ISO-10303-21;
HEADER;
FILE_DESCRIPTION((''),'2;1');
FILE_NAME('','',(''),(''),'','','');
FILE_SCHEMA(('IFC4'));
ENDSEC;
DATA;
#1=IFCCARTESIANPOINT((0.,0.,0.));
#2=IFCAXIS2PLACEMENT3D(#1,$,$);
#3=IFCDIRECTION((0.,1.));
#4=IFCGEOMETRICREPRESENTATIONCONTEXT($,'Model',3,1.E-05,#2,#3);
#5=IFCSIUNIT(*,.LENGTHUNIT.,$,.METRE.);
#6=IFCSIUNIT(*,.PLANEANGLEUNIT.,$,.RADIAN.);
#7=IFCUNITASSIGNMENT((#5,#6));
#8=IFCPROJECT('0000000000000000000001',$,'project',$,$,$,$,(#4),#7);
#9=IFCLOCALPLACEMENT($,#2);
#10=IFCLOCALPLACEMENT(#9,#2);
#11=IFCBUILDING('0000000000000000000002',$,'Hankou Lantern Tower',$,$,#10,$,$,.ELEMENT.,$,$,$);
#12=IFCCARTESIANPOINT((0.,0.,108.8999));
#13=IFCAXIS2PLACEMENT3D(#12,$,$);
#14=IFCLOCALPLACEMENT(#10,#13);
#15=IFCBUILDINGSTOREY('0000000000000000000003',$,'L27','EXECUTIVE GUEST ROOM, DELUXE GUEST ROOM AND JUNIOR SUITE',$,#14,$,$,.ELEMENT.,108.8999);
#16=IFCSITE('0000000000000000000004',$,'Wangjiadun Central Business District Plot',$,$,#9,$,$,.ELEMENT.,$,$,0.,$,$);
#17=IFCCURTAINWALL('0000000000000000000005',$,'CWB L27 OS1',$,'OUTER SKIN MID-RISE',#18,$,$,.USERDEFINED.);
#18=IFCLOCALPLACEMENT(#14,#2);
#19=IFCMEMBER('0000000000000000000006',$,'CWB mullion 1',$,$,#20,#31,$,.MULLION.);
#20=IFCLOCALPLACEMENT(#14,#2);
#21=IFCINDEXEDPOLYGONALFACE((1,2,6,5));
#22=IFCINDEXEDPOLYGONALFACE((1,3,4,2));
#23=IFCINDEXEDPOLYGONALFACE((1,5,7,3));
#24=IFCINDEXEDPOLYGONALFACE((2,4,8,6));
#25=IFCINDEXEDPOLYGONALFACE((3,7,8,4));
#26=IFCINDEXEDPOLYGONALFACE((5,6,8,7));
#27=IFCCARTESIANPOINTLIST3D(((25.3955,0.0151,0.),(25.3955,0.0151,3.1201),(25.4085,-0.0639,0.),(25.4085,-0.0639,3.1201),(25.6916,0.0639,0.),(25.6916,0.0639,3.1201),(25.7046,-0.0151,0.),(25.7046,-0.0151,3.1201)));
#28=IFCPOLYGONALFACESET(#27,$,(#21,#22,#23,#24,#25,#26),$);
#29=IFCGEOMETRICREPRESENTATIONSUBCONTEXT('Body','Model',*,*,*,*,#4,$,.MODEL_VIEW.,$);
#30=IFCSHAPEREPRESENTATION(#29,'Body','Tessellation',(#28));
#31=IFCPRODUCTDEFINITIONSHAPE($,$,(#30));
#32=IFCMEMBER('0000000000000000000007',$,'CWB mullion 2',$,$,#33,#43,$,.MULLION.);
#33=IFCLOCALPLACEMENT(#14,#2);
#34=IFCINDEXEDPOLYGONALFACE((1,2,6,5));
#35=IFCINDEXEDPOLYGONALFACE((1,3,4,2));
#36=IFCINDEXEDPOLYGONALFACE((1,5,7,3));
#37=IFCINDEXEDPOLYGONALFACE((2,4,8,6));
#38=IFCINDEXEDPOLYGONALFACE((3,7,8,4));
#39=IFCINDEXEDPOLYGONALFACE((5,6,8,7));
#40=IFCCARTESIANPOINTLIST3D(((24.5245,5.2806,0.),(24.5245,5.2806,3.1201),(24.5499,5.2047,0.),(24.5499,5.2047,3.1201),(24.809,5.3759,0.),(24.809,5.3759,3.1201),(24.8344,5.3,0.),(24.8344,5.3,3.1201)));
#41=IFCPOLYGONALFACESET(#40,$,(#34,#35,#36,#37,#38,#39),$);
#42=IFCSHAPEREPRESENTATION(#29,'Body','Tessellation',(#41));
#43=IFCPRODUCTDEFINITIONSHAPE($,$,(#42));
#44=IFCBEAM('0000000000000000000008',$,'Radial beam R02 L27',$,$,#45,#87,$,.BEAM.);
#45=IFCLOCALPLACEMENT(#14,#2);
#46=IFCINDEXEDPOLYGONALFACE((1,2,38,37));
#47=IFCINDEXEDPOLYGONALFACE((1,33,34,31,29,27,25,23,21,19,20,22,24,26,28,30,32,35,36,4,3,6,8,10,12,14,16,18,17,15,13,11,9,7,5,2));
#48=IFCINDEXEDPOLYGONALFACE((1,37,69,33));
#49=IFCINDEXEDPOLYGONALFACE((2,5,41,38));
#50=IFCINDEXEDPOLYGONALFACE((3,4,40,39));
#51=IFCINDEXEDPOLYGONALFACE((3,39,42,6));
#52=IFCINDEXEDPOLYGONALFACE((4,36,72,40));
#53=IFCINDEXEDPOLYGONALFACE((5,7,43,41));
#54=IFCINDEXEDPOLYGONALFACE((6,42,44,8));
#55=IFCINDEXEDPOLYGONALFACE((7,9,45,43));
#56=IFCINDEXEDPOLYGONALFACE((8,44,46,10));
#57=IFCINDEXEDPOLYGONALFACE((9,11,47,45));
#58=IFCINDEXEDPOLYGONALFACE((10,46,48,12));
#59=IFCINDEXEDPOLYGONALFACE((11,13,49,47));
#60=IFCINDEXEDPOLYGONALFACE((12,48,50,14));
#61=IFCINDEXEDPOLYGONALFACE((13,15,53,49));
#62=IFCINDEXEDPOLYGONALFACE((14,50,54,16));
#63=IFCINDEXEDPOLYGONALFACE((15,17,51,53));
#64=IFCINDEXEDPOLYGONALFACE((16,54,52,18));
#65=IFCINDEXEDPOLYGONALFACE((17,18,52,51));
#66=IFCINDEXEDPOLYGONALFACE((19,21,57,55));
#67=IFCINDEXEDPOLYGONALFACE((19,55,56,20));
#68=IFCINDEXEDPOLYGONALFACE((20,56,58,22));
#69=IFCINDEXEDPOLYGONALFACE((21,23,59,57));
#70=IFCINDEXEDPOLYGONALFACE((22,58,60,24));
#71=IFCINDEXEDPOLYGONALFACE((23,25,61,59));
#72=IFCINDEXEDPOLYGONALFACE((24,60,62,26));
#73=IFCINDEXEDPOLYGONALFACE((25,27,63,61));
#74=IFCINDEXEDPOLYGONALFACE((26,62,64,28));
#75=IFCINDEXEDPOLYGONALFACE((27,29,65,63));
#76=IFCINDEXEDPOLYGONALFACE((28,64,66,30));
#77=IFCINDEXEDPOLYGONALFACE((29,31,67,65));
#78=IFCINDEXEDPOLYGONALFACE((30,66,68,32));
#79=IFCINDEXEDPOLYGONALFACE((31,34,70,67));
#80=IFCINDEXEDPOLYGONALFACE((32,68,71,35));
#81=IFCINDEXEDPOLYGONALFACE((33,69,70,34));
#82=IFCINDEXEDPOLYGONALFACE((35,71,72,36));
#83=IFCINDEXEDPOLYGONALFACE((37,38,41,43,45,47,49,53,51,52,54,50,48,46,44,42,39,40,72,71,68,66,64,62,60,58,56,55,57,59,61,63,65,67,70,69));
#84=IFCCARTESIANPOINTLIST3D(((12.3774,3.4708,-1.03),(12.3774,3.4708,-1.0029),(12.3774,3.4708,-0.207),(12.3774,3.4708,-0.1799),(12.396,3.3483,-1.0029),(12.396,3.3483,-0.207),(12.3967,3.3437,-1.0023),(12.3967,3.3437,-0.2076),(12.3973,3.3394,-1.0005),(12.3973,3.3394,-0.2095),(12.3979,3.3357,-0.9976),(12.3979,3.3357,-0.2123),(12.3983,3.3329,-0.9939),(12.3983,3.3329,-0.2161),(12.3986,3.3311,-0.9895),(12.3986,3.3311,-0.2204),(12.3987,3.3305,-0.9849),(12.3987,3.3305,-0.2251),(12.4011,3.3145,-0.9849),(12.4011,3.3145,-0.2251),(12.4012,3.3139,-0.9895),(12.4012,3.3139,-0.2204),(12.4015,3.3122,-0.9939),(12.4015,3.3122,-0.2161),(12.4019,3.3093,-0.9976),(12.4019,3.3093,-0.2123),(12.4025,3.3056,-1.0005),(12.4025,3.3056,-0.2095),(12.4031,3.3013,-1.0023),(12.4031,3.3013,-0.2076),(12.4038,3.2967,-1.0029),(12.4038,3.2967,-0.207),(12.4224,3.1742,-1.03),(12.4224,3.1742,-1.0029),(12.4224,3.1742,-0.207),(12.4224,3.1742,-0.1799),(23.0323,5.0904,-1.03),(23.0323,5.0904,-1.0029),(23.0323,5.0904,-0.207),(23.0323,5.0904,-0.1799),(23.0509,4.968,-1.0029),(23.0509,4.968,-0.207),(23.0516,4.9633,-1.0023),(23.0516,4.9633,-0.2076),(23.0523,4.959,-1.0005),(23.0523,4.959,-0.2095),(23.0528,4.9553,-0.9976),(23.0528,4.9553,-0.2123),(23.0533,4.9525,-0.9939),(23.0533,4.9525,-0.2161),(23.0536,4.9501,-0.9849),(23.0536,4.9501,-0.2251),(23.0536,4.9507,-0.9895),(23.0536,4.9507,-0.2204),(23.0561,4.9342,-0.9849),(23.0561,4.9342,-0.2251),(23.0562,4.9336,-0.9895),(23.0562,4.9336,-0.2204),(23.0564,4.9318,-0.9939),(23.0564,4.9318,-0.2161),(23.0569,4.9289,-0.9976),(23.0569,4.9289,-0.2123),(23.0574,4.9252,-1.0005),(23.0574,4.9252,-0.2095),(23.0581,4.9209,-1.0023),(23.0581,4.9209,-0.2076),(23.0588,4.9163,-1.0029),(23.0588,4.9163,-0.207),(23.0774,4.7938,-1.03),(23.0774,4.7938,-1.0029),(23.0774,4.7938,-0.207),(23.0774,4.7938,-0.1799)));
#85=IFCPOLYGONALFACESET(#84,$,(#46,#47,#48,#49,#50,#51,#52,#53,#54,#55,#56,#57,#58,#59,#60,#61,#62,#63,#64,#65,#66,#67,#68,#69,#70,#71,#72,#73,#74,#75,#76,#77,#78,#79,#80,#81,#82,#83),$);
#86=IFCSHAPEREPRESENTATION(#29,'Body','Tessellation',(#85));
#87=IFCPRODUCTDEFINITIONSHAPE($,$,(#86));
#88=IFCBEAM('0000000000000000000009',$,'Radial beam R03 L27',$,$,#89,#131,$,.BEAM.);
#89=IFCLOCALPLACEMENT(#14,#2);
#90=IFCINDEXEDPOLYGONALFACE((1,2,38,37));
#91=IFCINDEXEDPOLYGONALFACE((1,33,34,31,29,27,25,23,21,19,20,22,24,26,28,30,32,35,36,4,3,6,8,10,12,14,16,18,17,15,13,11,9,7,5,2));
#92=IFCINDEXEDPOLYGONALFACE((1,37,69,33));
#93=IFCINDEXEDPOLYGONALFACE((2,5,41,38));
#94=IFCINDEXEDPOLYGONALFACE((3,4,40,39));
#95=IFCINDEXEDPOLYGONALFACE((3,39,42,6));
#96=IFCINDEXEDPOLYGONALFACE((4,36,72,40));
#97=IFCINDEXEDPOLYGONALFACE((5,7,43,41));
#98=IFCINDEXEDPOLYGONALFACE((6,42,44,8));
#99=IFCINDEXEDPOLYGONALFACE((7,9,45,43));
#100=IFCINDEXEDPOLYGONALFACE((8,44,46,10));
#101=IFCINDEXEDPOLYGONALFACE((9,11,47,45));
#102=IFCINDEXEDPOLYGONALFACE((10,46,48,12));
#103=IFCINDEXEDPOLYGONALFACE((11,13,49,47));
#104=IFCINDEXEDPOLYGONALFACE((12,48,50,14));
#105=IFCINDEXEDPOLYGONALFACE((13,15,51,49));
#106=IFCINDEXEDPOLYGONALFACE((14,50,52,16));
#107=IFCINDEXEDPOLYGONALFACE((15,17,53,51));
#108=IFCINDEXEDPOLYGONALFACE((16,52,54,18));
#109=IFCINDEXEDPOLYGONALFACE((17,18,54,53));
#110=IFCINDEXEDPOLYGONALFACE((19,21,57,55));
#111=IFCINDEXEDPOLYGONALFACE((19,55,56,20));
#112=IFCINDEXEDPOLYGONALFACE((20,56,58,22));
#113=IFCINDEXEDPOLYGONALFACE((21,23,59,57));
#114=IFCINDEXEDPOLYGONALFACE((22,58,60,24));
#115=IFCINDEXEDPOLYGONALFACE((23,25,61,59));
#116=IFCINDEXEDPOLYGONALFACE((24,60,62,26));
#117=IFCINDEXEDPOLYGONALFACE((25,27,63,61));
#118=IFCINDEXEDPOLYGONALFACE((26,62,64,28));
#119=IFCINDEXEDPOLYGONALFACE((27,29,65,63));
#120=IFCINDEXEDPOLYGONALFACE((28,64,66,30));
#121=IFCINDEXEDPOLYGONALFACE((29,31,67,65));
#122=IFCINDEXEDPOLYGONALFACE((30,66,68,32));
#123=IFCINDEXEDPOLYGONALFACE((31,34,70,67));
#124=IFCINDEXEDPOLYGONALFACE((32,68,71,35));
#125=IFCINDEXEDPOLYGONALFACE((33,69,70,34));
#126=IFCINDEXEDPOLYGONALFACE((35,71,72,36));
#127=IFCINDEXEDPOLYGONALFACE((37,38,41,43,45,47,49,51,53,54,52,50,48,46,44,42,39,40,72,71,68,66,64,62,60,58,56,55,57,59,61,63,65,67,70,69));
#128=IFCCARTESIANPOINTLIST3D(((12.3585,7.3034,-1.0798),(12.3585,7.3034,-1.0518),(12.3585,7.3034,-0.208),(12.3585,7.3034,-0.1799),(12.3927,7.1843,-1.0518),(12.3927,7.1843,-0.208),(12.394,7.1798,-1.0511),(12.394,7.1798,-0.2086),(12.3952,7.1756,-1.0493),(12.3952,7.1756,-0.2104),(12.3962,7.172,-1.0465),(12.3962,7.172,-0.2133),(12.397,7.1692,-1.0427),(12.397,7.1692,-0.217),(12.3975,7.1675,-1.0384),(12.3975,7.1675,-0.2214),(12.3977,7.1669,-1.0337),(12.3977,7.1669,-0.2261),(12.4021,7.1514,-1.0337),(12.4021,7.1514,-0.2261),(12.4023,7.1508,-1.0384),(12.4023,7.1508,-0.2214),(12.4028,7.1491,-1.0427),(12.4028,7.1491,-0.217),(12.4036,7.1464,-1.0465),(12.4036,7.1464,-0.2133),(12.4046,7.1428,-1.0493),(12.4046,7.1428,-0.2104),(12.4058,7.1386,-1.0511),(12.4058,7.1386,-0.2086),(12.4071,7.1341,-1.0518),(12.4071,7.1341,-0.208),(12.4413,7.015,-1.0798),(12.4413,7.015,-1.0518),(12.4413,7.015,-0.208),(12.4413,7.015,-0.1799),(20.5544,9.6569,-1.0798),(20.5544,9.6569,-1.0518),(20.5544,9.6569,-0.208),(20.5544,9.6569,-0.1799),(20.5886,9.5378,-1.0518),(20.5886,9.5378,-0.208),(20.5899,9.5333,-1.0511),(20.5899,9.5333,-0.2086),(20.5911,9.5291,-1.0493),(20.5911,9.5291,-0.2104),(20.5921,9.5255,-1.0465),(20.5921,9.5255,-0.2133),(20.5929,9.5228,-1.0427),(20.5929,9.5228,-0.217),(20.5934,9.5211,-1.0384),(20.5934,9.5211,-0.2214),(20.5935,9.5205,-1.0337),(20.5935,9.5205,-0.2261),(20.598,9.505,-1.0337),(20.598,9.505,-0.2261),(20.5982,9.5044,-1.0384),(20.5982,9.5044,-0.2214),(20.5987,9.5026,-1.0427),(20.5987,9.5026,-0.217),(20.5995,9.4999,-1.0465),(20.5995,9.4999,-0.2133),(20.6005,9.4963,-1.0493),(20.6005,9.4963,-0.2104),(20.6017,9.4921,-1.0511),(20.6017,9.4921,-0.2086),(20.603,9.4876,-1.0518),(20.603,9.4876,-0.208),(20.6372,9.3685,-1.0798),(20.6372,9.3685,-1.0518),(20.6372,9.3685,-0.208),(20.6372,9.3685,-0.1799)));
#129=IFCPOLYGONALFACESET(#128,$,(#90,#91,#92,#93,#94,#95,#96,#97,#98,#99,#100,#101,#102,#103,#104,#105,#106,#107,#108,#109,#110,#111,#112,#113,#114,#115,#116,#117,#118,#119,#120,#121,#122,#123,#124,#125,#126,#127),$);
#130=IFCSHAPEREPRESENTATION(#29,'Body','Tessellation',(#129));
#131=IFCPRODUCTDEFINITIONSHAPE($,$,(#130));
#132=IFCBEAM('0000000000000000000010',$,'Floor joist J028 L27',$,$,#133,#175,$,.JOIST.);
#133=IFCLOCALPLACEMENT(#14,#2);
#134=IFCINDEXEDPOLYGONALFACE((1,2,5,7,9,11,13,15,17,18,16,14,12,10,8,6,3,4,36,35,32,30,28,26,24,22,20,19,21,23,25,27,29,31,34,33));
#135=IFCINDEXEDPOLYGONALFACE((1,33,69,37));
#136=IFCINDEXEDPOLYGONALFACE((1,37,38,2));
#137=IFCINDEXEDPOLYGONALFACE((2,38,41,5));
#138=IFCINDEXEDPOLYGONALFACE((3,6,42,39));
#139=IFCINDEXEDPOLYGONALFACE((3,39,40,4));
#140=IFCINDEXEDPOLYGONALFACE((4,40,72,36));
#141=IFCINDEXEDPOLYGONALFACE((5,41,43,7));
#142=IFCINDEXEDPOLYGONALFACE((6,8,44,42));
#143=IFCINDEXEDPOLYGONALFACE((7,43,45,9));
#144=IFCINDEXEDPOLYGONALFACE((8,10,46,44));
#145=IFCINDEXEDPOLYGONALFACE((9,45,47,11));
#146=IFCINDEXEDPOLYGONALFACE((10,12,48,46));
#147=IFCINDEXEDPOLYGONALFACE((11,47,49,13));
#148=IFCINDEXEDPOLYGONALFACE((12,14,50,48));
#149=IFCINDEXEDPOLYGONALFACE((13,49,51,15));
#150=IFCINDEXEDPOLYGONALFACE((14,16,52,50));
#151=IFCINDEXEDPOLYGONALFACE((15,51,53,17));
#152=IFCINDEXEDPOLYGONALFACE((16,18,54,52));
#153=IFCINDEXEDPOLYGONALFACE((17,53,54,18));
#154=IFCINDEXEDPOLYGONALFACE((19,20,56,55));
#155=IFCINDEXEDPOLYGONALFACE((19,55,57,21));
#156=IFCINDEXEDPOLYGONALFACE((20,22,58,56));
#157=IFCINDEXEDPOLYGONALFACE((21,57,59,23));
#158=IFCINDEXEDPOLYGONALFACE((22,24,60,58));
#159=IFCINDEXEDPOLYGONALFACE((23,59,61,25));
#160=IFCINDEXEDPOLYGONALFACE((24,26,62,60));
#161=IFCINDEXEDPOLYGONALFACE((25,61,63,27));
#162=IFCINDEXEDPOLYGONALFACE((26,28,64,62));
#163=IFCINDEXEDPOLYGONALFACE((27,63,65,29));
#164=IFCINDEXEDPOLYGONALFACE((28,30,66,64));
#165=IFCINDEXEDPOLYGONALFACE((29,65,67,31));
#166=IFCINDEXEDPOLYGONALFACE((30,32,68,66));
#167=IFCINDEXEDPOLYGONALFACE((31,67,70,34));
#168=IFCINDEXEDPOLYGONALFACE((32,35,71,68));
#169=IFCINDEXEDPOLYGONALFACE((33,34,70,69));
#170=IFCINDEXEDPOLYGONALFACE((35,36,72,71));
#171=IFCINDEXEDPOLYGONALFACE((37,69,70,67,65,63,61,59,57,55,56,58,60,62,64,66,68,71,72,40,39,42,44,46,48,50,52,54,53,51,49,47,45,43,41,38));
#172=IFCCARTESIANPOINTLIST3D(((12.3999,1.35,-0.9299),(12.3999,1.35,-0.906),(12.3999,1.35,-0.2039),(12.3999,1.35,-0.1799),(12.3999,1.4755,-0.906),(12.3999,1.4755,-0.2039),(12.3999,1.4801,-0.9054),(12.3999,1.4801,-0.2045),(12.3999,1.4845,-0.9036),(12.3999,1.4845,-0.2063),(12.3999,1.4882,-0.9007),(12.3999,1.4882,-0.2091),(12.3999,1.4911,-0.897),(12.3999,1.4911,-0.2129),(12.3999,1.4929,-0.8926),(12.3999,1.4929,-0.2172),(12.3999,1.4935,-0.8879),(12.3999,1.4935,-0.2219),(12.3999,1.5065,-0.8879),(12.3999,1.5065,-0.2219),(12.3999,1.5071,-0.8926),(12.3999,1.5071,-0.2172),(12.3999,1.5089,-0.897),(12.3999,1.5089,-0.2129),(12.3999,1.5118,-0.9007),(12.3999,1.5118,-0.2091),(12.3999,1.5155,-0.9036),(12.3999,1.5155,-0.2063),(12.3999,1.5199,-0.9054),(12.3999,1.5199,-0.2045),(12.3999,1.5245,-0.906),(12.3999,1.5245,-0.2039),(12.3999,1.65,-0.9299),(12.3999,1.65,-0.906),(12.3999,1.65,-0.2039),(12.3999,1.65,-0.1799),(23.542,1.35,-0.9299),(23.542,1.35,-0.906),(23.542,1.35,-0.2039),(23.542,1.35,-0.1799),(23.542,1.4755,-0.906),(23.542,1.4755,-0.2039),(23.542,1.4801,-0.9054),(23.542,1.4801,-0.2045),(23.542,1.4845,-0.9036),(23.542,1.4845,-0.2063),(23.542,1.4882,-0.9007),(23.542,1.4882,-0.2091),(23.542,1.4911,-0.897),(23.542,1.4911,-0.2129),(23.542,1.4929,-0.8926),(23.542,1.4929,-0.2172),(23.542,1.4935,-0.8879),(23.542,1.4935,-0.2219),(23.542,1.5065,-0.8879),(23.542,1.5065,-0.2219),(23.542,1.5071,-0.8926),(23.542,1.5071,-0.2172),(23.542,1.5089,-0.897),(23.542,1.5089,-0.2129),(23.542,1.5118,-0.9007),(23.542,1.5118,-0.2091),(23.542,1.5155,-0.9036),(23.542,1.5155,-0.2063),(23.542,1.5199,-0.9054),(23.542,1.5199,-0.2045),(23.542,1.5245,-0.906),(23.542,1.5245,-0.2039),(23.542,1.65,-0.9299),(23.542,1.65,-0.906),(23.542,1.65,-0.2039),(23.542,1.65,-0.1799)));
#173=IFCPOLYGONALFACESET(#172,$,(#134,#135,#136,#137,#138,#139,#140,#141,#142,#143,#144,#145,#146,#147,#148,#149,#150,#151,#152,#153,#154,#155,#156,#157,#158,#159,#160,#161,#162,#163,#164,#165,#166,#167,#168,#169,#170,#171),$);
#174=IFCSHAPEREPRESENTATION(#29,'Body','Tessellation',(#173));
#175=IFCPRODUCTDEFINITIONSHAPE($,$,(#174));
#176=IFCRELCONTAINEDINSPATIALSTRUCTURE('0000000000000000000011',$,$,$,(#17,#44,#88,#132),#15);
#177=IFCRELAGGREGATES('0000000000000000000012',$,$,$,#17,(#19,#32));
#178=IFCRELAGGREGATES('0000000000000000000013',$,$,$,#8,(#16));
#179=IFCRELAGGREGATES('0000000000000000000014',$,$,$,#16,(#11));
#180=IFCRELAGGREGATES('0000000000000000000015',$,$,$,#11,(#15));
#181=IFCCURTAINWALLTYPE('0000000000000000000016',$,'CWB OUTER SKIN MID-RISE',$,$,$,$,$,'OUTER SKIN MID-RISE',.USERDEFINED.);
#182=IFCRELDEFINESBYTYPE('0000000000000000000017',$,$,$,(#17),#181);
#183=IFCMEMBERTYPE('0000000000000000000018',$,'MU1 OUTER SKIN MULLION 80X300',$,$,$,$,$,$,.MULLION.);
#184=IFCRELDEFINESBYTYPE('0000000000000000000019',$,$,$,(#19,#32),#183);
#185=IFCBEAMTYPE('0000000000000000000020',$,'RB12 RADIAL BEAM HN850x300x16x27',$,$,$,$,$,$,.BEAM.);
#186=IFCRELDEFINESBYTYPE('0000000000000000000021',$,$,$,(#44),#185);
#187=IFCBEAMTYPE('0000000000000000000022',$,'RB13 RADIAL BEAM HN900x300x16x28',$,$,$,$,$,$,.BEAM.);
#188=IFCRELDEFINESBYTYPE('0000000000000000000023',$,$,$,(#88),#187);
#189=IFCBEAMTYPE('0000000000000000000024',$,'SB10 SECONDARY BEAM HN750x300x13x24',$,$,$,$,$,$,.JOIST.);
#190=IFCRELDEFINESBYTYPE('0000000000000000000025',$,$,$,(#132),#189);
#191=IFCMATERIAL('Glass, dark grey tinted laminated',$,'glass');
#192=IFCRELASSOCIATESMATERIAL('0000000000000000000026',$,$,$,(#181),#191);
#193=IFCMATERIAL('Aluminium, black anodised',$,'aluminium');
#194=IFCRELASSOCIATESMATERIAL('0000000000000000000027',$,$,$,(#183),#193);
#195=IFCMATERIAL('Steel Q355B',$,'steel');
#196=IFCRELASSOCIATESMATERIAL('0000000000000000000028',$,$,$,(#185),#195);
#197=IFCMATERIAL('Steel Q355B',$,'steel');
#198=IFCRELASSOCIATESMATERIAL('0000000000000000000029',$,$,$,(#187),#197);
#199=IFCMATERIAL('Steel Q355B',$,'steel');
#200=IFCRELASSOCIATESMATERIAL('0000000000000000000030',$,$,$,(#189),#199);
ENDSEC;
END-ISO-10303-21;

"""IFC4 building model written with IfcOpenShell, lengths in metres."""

from ifc_helpers import new_model, si_unit, direction, frame, origin, origin_2d, place, context, subcontext, project, spatial, rectangle, i_section, extrude, material, material_profile, profile_set, type_object, element, aggregate, save


model = new_model("IFC4")

# Units and contexts
model_context = context("Model", 3, precision=1e-05, world=origin(), true_north=direction((0.0, 1.0)))
body_context = subcontext(model_context, "Body", "Model", "MODEL_VIEW")
ifc_project = project(units=[si_unit("LENGTHUNIT", "METRE"), si_unit("PLANEANGLEUNIT", "RADIAN")], contexts=[model_context])

# Site, building, storey
site_placement = place(None, origin())
site = spatial("IfcSite", under=ifc_project, at=site_placement, Name="Wangjiadun Central Business District Plot", CompositionType="ELEMENT", RefElevation=0.0)
building_placement = place(site_placement, origin())
building = spatial("IfcBuilding", under=site, at=building_placement, Name="Hankou Lantern Tower", CompositionType="ELEMENT")
storey_placement = place(building_placement, frame((0.0, 0.0, 108.8999)))
storey = spatial("IfcBuildingStorey", under=building, at=storey_placement, Name="L27", Description="EXECUTIVE GUEST ROOM, DELUXE GUEST ROOM AND JUNIOR SUITE", CompositionType="ELEMENT", Elevation=108.8999)

# Curtain wall, members
ifc_material_1 = material(Name="Glass, dark grey tinted laminated", Category="glass")
curtain_wall_type = type_object("IfcCurtainWallType", Name="CWB OUTER SKIN MID-RISE", ElementType="OUTER SKIN MID-RISE", PredefinedType="USERDEFINED", material=ifc_material_1)
curtain_wall_placement = place(storey_placement, origin())
curtain_wall = element("IfcCurtainWall", 1, at=curtain_wall_placement, inside=storey, type_object=curtain_wall_type, Name="CWB L27 OS1", ObjectType="OUTER SKIN MID-RISE", PredefinedType="USERDEFINED")
ifc_material_2 = material(Name="Aluminium, black anodised", Category="aluminium")
ifc_material_profile_1 = material_profile(ifc_material_2, rectangle(XDim=0.0801, YDim=0.3, at=origin_2d()), Name="MU1 80X300")
ifc_profile_set_1 = profile_set([ifc_material_profile_1], Name="Aluminium, black anodised")
member_type_1 = type_object("IfcMemberType", Name="MU1 OUTER SKIN MULLION 80X300", PredefinedType="MULLION", material=ifc_profile_set_1)
member_1_placement = place(storey_placement, frame((25.55, 0.0, 0.0), z_axis=(0.0, 0.0, 1.0), x_axis=(-0.162382, 0.986728, 0.0)))
member_1 = element("IfcMember", 2, at=member_1_placement, type_object=member_type_1, Name="CWB mullion 1", PredefinedType="MULLION", context=body_context, shape_type="SweptSolid", body=[
    extrude(rectangle(XDim=0.0801, YDim=0.3, at=origin_2d()), origin(), (0.0, 0.0, 1.0), 3.1201),
])
member_2_placement = place(storey_placement, frame((24.6794, 5.2903, 0.0), z_axis=(0.0, 0.0, 1.0), x_axis=(-0.317596, 0.948226, 0.0)))
member_2 = element("IfcMember", 3, at=member_2_placement, type_object=member_type_1, Name="CWB mullion 2", PredefinedType="MULLION", context=body_context, shape_type="SweptSolid", body=[
    extrude(rectangle(XDim=0.0801, YDim=0.3, at=origin_2d()), origin(), (0.0, 0.0, 1.0), 3.1201),
])

# Beams
ifc_material_3 = material(Name="Steel Q355B", Category="steel")
ifc_material_profile_2 = material_profile(ifc_material_3, i_section(OverallWidth=0.3, OverallDepth=0.8501, WebThickness=0.0161, FlangeThickness=0.0271, FilletRadius=0.0181, at=origin_2d()), Name="HN850x300x16x27")
ifc_profile_set_2 = profile_set([ifc_material_profile_2], Name="Steel Q355B")
beam_type_1 = type_object("IfcBeamType", Name="RB12 RADIAL BEAM HN850x300x16x27", PredefinedType="BEAM", material=ifc_profile_set_2)
beam_1_placement = place(storey_placement, frame((12.3999, 3.3225, -0.605), z_axis=(0.988644, 0.15028, 0.0), x_axis=(-0.15028, 0.988644, 0.0)))
element("IfcBeam", 4, at=beam_1_placement, inside=storey, type_object=beam_type_1, Name="Radial beam R02 L27", PredefinedType="BEAM", context=body_context, shape_type="SweptSolid", body=[
    extrude(i_section(OverallWidth=0.3, OverallDepth=0.8501, WebThickness=0.0161, FlangeThickness=0.0271, FilletRadius=0.0181, at=origin_2d()), origin(), (0.0, 0.0, 1.0), 10.7773),
])
ifc_material_4 = material(Name="Steel Q355B", Category="steel")
ifc_material_profile_3 = material_profile(ifc_material_4, i_section(OverallWidth=0.3, OverallDepth=0.8999, WebThickness=0.0161, FlangeThickness=0.0281, FilletRadius=0.0181, at=origin_2d()), Name="HN900x300x16x28")
ifc_profile_set_3 = profile_set([ifc_material_profile_3], Name="Steel Q355B")
beam_type_2 = type_object("IfcBeamType", Name="RB13 RADIAL BEAM HN900x300x16x28", PredefinedType="BEAM", material=ifc_profile_set_3)
beam_2_placement = place(storey_placement, frame((12.3999, 7.1592, -0.6299), z_axis=(0.961156, 0.276007, 0.0), x_axis=(-0.276007, 0.961156, 0.0)))
element("IfcBeam", 5, at=beam_2_placement, inside=storey, type_object=beam_type_2, Name="Radial beam R03 L27", PredefinedType="BEAM", context=body_context, shape_type="SweptSolid", body=[
    extrude(i_section(OverallWidth=0.3, OverallDepth=0.8999, WebThickness=0.0161, FlangeThickness=0.0281, FilletRadius=0.0181, at=origin_2d()), origin(), (0.0, 0.0, 1.0), 8.5271),
])
ifc_material_5 = material(Name="Steel Q355B", Category="steel")
ifc_material_profile_4 = material_profile(ifc_material_5, i_section(OverallWidth=0.3, OverallDepth=0.75, WebThickness=0.0129, FlangeThickness=0.0239, FilletRadius=0.0181, at=origin_2d()), Name="HN750x300x13x24")
ifc_profile_set_4 = profile_set([ifc_material_profile_4], Name="Steel Q355B")
beam_type_3 = type_object("IfcBeamType", Name="SB10 SECONDARY BEAM HN750x300x13x24", PredefinedType="JOIST", material=ifc_profile_set_4)
beam_3_placement = place(storey_placement, frame((12.3999, 1.5, -0.5549), z_axis=(1.0, 0.0, 0.0), x_axis=(0.0, 1.0, 0.0)))
element("IfcBeam", 6, at=beam_3_placement, inside=storey, type_object=beam_type_3, Name="Floor joist J028 L27", PredefinedType="JOIST", context=body_context, shape_type="SweptSolid", body=[
    extrude(i_section(OverallWidth=0.3, OverallDepth=0.75, WebThickness=0.0129, FlangeThickness=0.0239, FilletRadius=0.0181, at=origin_2d()), origin(), (0.0, 0.0, 1.0), 11.1421),
])

aggregate(curtain_wall, [member_1, member_2])

save(model, "model.ifc")
